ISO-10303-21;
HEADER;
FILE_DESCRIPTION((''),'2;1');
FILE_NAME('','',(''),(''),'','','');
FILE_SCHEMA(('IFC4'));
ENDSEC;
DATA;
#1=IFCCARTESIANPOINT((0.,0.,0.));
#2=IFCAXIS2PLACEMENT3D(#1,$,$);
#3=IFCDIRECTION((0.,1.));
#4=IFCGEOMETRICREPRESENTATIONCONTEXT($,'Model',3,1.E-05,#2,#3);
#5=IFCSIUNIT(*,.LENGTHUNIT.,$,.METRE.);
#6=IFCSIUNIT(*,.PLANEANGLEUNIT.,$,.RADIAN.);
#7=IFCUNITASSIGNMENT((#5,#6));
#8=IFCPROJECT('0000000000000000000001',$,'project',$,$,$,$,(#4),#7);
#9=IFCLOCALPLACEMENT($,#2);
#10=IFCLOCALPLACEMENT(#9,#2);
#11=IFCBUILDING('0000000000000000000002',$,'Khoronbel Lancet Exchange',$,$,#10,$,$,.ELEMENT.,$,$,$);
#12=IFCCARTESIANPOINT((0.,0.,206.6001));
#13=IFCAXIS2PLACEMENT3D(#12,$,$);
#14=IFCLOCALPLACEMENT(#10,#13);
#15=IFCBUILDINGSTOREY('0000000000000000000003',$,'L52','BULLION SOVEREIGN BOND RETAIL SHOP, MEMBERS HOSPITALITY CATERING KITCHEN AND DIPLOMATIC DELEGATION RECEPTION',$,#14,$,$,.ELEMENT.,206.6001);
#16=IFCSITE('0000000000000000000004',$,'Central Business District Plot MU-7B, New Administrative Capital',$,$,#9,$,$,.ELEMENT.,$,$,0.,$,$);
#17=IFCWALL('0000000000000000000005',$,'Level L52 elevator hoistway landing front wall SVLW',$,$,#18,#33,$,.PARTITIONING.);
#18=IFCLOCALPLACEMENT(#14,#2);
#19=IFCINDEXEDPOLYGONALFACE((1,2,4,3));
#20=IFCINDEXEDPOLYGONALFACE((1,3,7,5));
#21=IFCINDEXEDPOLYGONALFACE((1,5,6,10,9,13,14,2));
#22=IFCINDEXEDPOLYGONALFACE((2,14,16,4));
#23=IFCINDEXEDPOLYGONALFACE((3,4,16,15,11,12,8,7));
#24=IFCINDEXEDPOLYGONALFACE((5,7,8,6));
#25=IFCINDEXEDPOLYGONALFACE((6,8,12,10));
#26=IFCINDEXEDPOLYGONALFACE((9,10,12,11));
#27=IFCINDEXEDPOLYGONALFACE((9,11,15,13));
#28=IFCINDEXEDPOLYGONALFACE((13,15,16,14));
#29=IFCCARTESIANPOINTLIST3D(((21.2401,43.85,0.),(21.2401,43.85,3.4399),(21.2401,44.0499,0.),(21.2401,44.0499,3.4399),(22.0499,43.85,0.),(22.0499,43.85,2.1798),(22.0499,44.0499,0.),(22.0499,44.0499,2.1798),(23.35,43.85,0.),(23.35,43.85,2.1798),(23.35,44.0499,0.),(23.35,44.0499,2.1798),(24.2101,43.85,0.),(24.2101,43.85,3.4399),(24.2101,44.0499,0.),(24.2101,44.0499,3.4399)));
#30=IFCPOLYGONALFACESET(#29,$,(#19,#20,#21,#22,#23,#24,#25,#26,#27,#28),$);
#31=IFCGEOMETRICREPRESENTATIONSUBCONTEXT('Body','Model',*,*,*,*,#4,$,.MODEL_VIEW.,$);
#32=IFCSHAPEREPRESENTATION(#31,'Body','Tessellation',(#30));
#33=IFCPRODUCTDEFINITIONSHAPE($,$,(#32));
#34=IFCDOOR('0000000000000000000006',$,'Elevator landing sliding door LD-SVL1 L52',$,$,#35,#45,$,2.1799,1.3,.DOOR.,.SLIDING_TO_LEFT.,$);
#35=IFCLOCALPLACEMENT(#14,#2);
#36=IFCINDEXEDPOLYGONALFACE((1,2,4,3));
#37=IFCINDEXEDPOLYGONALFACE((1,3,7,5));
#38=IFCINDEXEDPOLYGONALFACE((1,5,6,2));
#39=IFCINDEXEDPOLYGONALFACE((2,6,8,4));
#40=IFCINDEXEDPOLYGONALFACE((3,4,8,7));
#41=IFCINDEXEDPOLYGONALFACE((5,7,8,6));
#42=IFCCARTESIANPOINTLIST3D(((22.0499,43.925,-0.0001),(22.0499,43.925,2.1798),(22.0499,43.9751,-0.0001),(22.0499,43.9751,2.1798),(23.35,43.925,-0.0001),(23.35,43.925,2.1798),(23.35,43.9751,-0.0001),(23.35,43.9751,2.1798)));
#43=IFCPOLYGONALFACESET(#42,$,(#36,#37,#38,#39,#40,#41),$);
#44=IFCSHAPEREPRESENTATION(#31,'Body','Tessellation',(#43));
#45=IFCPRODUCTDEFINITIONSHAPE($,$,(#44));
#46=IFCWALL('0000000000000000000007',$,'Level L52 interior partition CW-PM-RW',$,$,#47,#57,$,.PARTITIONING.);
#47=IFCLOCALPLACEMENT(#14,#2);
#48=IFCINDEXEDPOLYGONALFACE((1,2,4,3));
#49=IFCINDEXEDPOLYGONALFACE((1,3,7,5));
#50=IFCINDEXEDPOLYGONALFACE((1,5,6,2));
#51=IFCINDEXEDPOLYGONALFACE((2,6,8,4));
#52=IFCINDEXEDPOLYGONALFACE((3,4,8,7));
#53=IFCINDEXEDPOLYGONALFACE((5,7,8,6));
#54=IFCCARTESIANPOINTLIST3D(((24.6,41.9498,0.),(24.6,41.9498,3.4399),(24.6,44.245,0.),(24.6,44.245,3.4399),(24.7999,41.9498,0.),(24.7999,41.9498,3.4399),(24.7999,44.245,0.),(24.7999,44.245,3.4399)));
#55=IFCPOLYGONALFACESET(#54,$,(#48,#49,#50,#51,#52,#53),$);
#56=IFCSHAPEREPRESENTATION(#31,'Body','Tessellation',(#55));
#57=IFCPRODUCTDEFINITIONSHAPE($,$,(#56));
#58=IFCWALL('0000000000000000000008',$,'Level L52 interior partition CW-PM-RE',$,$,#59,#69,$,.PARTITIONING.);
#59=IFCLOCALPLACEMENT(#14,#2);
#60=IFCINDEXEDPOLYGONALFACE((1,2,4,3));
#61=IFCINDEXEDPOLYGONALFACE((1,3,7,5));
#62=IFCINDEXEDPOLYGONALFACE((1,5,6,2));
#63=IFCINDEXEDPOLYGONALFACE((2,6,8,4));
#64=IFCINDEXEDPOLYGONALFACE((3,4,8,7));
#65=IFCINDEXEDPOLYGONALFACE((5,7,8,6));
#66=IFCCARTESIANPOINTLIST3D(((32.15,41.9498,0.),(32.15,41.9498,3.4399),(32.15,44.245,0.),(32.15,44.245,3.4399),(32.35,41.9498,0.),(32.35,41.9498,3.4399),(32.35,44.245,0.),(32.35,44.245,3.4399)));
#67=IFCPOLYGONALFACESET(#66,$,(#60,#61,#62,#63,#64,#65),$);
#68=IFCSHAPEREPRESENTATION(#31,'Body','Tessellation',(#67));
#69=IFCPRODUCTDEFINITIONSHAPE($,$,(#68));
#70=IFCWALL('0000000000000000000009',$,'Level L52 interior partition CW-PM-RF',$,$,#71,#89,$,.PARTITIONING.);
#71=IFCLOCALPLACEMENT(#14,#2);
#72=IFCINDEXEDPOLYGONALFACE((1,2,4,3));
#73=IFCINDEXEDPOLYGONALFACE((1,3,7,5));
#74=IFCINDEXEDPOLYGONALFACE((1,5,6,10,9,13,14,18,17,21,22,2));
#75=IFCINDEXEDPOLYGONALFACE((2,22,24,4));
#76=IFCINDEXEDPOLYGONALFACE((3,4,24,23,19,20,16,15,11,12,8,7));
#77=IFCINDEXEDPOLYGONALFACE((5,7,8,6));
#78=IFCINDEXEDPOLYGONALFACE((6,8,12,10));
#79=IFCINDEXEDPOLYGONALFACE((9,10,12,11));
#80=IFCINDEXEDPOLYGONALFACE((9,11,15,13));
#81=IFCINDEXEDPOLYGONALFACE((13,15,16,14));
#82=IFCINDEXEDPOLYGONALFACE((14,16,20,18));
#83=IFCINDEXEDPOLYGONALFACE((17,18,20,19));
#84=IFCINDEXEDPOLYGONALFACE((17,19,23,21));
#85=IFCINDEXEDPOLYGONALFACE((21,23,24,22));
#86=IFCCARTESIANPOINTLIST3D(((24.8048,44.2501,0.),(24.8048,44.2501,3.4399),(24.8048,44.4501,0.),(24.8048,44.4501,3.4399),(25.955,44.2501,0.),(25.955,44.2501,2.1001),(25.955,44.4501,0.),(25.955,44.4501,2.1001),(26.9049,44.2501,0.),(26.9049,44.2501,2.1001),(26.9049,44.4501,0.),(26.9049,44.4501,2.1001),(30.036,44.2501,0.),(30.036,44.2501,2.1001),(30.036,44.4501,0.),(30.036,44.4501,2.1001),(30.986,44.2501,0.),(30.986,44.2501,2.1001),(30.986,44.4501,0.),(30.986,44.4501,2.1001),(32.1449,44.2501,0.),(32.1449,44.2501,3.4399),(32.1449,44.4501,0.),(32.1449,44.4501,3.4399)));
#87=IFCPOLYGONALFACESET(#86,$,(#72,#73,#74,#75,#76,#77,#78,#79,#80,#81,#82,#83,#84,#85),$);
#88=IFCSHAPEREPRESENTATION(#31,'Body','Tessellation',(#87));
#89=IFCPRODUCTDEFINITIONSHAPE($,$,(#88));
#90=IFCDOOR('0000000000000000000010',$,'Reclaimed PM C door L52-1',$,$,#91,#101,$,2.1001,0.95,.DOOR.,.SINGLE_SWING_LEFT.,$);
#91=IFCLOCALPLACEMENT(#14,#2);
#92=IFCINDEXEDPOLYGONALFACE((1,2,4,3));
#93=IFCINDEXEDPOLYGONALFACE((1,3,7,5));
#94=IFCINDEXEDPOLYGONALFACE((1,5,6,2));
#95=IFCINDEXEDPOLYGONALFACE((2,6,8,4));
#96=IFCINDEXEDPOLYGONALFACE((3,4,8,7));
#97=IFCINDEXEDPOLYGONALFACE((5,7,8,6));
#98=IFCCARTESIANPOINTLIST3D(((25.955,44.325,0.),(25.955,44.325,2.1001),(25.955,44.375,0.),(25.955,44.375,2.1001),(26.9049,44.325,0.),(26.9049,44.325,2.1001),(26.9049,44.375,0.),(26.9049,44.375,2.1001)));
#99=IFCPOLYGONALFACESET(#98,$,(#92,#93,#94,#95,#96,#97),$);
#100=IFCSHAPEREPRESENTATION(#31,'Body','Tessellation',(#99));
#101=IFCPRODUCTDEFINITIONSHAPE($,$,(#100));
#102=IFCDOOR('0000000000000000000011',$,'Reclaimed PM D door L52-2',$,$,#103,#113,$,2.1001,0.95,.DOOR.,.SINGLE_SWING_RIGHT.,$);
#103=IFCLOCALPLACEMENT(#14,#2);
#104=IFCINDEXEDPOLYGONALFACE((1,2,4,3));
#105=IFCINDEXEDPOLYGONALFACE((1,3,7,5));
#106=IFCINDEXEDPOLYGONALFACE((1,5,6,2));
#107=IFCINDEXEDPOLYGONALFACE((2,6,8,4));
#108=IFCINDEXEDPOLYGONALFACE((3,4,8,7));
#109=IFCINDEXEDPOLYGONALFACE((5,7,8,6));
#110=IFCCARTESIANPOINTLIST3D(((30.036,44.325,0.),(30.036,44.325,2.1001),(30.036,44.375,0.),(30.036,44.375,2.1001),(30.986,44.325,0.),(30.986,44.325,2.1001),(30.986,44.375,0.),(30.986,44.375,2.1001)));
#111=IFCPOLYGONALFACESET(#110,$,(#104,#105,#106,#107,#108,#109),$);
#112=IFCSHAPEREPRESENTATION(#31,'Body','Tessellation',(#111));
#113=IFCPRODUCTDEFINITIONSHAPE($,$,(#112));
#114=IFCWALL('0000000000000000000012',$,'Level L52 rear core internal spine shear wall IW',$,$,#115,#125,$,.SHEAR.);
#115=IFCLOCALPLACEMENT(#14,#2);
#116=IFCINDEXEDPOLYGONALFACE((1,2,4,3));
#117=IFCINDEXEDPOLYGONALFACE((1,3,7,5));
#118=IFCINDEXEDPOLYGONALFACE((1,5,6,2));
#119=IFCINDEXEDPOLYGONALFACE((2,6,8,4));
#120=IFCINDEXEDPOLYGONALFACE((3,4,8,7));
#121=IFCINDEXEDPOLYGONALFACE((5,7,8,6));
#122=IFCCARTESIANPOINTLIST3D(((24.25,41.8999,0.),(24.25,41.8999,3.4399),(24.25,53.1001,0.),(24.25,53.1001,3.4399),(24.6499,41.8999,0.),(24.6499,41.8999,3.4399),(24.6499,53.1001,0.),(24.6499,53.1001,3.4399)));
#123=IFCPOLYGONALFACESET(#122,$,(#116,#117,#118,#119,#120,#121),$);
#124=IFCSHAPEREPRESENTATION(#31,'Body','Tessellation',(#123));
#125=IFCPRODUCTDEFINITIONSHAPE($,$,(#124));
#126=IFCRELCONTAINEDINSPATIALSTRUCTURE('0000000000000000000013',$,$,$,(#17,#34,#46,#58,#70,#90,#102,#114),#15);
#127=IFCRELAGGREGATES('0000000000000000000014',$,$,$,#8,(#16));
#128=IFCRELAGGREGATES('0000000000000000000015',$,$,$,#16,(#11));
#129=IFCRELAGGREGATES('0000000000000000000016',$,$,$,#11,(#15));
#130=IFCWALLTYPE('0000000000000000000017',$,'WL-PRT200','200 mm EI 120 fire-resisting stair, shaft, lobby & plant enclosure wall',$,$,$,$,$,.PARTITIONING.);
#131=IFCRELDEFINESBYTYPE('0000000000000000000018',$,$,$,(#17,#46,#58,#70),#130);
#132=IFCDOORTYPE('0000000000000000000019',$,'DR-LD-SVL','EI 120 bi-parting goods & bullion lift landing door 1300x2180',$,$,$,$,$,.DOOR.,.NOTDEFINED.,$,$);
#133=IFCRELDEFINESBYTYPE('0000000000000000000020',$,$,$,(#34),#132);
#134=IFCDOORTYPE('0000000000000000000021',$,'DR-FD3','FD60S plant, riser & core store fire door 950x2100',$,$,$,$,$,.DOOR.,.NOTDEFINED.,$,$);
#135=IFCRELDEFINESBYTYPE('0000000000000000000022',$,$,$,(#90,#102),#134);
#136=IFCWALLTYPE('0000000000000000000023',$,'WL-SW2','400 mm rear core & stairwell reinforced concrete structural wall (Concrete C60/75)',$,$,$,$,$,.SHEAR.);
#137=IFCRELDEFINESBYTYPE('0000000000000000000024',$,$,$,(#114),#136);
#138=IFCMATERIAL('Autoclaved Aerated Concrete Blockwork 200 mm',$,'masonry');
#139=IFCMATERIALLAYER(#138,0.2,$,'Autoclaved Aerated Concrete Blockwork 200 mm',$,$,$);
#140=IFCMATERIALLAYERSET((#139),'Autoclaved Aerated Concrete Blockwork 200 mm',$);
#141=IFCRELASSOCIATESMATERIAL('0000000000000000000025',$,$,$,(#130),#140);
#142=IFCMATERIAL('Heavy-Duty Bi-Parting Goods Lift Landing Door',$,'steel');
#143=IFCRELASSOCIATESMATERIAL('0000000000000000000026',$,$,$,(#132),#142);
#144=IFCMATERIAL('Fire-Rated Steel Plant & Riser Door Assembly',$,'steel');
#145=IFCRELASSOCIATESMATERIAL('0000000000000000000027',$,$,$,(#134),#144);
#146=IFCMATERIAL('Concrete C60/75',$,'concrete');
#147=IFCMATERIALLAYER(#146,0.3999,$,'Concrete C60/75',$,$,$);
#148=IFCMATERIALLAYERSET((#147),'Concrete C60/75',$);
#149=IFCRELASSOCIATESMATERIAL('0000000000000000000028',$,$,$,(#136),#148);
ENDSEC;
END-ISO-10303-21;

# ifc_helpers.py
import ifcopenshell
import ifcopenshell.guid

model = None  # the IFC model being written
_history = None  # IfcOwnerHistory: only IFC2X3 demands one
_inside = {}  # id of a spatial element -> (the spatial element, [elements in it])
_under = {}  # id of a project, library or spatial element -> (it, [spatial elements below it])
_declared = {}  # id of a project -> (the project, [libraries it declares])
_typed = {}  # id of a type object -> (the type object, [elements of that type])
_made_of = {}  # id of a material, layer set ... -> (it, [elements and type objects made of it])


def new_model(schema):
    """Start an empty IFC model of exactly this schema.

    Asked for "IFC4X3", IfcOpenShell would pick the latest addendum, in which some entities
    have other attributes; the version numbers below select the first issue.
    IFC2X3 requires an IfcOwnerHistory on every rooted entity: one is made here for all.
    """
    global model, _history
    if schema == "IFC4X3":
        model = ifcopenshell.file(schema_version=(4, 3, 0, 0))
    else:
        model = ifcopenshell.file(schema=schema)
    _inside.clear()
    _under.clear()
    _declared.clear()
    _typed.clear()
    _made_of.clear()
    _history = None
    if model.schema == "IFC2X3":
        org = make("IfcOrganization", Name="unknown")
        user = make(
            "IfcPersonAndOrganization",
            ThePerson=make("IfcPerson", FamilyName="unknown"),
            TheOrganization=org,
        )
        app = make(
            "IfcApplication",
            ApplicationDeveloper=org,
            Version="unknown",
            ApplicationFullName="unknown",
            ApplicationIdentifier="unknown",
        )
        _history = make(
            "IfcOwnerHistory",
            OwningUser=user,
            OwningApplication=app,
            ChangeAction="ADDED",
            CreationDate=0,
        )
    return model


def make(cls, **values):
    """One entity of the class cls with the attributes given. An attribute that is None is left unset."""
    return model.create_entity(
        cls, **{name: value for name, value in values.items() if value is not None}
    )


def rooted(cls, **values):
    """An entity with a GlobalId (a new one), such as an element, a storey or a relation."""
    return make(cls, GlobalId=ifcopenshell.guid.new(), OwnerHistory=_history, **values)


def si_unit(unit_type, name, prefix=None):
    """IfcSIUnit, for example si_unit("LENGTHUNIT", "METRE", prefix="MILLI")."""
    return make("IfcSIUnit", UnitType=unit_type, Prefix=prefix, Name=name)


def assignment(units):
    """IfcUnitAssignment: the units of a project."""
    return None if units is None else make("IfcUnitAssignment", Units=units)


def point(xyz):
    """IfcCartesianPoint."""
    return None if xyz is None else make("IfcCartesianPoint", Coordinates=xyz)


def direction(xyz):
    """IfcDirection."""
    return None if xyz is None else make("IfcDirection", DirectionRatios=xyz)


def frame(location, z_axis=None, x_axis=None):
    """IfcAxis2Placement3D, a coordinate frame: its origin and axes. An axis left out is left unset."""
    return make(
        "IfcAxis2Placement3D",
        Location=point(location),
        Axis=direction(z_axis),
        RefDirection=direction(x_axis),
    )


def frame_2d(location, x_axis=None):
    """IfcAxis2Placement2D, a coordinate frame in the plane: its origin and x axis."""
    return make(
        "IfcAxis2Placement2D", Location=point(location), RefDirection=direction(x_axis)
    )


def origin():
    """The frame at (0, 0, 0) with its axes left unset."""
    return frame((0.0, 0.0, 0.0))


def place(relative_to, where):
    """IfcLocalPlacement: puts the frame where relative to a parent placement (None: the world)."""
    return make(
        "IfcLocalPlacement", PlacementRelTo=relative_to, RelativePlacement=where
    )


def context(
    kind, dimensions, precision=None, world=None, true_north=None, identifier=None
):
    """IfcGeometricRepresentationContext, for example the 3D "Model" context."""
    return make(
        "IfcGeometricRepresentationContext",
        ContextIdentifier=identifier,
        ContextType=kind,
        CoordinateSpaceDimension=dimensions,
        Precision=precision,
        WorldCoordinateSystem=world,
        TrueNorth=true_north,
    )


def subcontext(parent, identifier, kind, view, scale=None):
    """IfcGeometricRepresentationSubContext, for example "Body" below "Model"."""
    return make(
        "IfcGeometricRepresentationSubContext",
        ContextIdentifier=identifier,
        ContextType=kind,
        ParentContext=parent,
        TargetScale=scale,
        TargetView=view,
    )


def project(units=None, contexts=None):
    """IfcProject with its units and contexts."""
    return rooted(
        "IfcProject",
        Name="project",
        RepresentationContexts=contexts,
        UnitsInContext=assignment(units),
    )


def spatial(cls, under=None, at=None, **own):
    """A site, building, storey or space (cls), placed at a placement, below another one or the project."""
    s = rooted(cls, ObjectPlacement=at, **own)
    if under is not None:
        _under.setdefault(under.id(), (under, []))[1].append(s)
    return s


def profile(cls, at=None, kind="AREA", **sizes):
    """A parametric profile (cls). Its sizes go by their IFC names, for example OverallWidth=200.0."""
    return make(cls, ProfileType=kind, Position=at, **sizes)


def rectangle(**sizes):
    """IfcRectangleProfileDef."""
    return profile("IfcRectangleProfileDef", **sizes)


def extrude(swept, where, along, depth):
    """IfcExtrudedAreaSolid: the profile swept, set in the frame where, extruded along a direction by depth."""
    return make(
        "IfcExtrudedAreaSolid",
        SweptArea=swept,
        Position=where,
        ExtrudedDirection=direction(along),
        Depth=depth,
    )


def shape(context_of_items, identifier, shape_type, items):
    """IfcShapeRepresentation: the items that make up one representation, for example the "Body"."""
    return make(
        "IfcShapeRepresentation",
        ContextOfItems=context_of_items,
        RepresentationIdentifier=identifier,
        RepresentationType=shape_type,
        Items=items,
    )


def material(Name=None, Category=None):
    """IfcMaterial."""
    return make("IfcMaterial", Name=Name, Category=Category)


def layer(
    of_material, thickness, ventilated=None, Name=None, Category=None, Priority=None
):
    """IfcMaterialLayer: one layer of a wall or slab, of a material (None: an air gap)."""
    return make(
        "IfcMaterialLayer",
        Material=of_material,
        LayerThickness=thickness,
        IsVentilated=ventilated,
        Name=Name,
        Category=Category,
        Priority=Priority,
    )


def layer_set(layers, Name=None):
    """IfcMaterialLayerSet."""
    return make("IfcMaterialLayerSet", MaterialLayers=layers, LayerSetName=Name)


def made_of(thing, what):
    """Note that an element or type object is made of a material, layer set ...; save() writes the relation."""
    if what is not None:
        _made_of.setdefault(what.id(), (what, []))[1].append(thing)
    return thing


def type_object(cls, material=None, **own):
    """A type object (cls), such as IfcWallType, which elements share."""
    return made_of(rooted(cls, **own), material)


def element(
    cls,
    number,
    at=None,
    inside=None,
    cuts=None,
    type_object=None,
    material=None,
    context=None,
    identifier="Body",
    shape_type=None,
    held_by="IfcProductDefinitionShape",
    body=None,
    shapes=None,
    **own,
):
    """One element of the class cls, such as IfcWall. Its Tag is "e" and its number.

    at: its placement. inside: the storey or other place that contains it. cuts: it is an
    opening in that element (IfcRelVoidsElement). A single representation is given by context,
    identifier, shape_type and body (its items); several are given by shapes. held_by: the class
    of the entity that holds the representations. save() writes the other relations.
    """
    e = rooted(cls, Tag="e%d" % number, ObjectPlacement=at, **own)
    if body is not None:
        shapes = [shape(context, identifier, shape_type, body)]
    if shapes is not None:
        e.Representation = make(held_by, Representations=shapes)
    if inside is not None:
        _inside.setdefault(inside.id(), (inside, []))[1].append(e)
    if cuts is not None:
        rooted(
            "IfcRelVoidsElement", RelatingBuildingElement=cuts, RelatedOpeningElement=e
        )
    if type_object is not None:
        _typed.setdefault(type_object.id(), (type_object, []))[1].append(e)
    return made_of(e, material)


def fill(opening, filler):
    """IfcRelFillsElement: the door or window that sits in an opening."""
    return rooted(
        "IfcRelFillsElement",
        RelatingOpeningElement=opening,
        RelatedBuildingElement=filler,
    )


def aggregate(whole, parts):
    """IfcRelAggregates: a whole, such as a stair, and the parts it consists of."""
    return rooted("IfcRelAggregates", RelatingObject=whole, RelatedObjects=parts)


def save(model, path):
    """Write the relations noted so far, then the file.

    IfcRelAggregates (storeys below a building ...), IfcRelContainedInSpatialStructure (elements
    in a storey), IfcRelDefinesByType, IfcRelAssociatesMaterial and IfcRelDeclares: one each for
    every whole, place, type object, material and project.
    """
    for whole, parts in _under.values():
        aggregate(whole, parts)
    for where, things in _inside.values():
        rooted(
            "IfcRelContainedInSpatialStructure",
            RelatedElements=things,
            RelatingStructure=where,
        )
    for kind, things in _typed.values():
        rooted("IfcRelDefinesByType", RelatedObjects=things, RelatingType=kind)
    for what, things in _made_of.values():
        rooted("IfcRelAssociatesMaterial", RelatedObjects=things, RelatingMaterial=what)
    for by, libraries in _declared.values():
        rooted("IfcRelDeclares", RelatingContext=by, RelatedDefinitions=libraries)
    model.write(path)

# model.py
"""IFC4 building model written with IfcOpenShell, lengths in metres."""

from ifc_helpers import new_model, si_unit, direction, frame, frame_2d, origin, place, context, subcontext, project, spatial, rectangle, extrude, material, layer, layer_set, type_object, element, fill, save


model = new_model("IFC4")

# Units and contexts
model_context = context("Model", 3, precision=1e-05, world=origin(), true_north=direction((0.0, 1.0)))
body_context = subcontext(model_context, "Body", "Model", "MODEL_VIEW")
ifc_project = project(units=[si_unit("LENGTHUNIT", "METRE"), si_unit("PLANEANGLEUNIT", "RADIAN")], contexts=[model_context])

# Site, building, storey
site_placement = place(None, origin())
site = spatial("IfcSite", under=ifc_project, at=site_placement, Name="Central Business District Plot MU-7B, New Administrative Capital", CompositionType="ELEMENT", RefElevation=0.0)
building_placement = place(site_placement, origin())
building = spatial("IfcBuilding", under=site, at=building_placement, Name="Khoronbel Lancet Exchange", CompositionType="ELEMENT")
storey_placement = place(building_placement, frame((0.0, 0.0, 206.6001)))
storey = spatial("IfcBuildingStorey", under=building, at=storey_placement, Name="L52", Description="BULLION SOVEREIGN BOND RETAIL SHOP, MEMBERS HOSPITALITY CATERING KITCHEN AND DIPLOMATIC DELEGATION RECEPTION", CompositionType="ELEMENT", Elevation=206.6001)

# Shared definitions
ifc_material_1 = material(Name="Concrete C60/75", Category="concrete")

# Wall, opening, door
ifc_material_2 = material(Name="Autoclaved Aerated Concrete Blockwork 200 mm", Category="masonry")
ifc_layer_1 = layer(ifc_material_2, 0.2, Name="Autoclaved Aerated Concrete Blockwork 200 mm")
ifc_layer_set_1 = layer_set([ifc_layer_1], Name="Autoclaved Aerated Concrete Blockwork 200 mm")
wall_type_1 = type_object("IfcWallType", Name="WL-PRT200", Description="200 mm EI 120 fire-resisting stair, shaft, lobby & plant enclosure wall", PredefinedType="PARTITIONING", material=ifc_layer_set_1)
wall_1_placement = place(storey_placement, frame((24.21, 43.95, 0.0), z_axis=(0.0, 0.0, 1.0), x_axis=(-1.0, 0.0, 0.0)))
wall_1 = element("IfcWall", 1, at=wall_1_placement, inside=storey, type_object=wall_type_1, Name="Level L52 elevator hoistway landing front wall SVLW", PredefinedType="PARTITIONING", context=body_context, shape_type="SweptSolid", body=[
    extrude(rectangle(XDim=2.97, YDim=0.2, at=frame_2d((1.4849, 0.0))), origin(), (0.0, 0.0, 1.0), 3.4399),
])
opening_1_placement = place(wall_1_placement, frame((0.8601, 0.0, 0.0)))
opening_1 = element("IfcOpeningElement", 2, at=opening_1_placement, cuts=wall_1, PredefinedType="OPENING", context=body_context, shape_type="SweptSolid", body=[
    extrude(rectangle(XDim=1.3, YDim=2.1799, at=frame_2d((0.6499, 1.0898))), frame((0.0, 0.1099, 0.0), z_axis=(0.0, -1.0, 0.0), x_axis=(1.0, 0.0, 0.0)), (0.0, 0.0, 1.0), 0.22),
])
ifc_material_3 = material(Name="Heavy-Duty Bi-Parting Goods Lift Landing Door", Category="steel")
door_type_1 = type_object("IfcDoorType", Name="DR-LD-SVL", Description="EI 120 bi-parting goods & bullion lift landing door 1300x2180", OperationType="NOTDEFINED", PredefinedType="DOOR", material=ifc_material_3)
door_1_placement = place(opening_1_placement, origin())
door_1 = element("IfcDoor", 3, at=door_1_placement, inside=storey, type_object=door_type_1, Name="Elevator landing sliding door LD-SVL1 L52", OperationType="SLIDING_TO_LEFT", OverallHeight=2.1799, OverallWidth=1.3, PredefinedType="DOOR", context=body_context, shape_type="SweptSolid", body=[
    extrude(rectangle(XDim=1.3, YDim=2.1799, at=frame_2d((0.6499, 1.0898))), frame((0.0, 0.0249, 0.0), z_axis=(0.0, -1.0, 0.0), x_axis=(1.0, 0.0, 0.0)), (0.0, 0.0, 1.0), 0.05),
])
fill(opening_1, door_1)

# Walls
for number, where, z_axis, x_axis, name in (
    (4, (24.7, 41.95, 0.0), (0.0, 0.0, 1.0), (0.0, 1.0, 0.0), "Level L52 interior partition CW-PM-RW"),
    (5, (32.25, 41.95, 0.0), (0.0, 0.0, 1.0), (0.0, 1.0, 0.0), "Level L52 interior partition CW-PM-RE"),
):
    element("IfcWall", number, at=place(storey_placement, frame(where, z_axis=z_axis, x_axis=x_axis)), inside=storey, type_object=wall_type_1, Name=name, PredefinedType="PARTITIONING", context=body_context, shape_type="SweptSolid", body=[
        extrude(rectangle(XDim=2.2952, YDim=0.2, at=frame_2d((1.1475, 0.0))), origin(), (0.0, 0.0, 1.0), 3.4399),
    ])

# Wall, openings, doors
wall_2_placement = place(storey_placement, frame((24.8049, 44.3501, 0.0), z_axis=(0.0, 0.0, 1.0), x_axis=(1.0, 0.0, 0.0)))
wall_2 = element("IfcWall", 6, at=wall_2_placement, inside=storey, type_object=wall_type_1, Name="Level L52 interior partition CW-PM-RF", PredefinedType="PARTITIONING", context=body_context, shape_type="SweptSolid", body=[
    extrude(rectangle(XDim=7.3401, YDim=0.2, at=frame_2d((3.6699, 0.0))), origin(), (0.0, 0.0, 1.0), 3.4399),
])
opening_2_placement = place(wall_2_placement, frame((1.1499, 0.0, 0.0)))
opening_2 = element("IfcOpeningElement", 7, at=opening_2_placement, cuts=wall_2, PredefinedType="OPENING", context=body_context, shape_type="SweptSolid", body=[
    extrude(rectangle(XDim=0.95, YDim=2.1001, at=frame_2d((0.4751, 1.05))), frame((0.0, 0.1099, 0.0), z_axis=(0.0, -1.0, 0.0), x_axis=(1.0, 0.0, 0.0)), (0.0, 0.0, 1.0), 0.22),
])
opening_3_placement = place(wall_2_placement, frame((5.231, 0.0, 0.0)))
opening_3 = element("IfcOpeningElement", 8, at=opening_3_placement, cuts=wall_2, PredefinedType="OPENING", context=body_context, shape_type="SweptSolid", body=[
    extrude(rectangle(XDim=0.95, YDim=2.1001, at=frame_2d((0.4751, 1.05))), frame((0.0, 0.1099, 0.0), z_axis=(0.0, -1.0, 0.0), x_axis=(1.0, 0.0, 0.0)), (0.0, 0.0, 1.0), 0.22),
])
ifc_material_4 = material(Name="Fire-Rated Steel Plant & Riser Door Assembly", Category="steel")
door_type_2 = type_object("IfcDoorType", Name="DR-FD3", Description="FD60S plant, riser & core store fire door 950x2100", OperationType="NOTDEFINED", PredefinedType="DOOR", material=ifc_material_4)
door_2_placement = place(opening_2_placement, origin())
door_2 = element("IfcDoor", 9, at=door_2_placement, inside=storey, type_object=door_type_2, Name="Reclaimed PM C door L52-1", OperationType="SINGLE_SWING_LEFT", OverallHeight=2.1001, OverallWidth=0.95, PredefinedType="DOOR", context=body_context, shape_type="SweptSolid", body=[
    extrude(rectangle(XDim=0.95, YDim=2.1001, at=frame_2d((0.4751, 1.05))), frame((0.0, 0.0249, 0.0), z_axis=(0.0, -1.0, 0.0), x_axis=(1.0, 0.0, 0.0)), (0.0, 0.0, 1.0), 0.05),
])
fill(opening_2, door_2)
door_3_placement = place(opening_3_placement, origin())
door_3 = element("IfcDoor", 10, at=door_3_placement, inside=storey, type_object=door_type_2, Name="Reclaimed PM D door L52-2", OperationType="SINGLE_SWING_RIGHT", OverallHeight=2.1001, OverallWidth=0.95, PredefinedType="DOOR", context=body_context, shape_type="SweptSolid", body=[
    extrude(rectangle(XDim=0.95, YDim=2.1001, at=frame_2d((0.4751, 1.05))), frame((0.0, 0.0249, 0.0), z_axis=(0.0, -1.0, 0.0), x_axis=(1.0, 0.0, 0.0)), (0.0, 0.0, 1.0), 0.05),
])
fill(opening_3, door_3)

# Wall
ifc_layer_2 = layer(ifc_material_1, 0.3999, Name="Concrete C60/75")
ifc_layer_set_2 = layer_set([ifc_layer_2], Name="Concrete C60/75")
wall_type_2 = type_object("IfcWallType", Name="WL-SW2", Description="400 mm rear core & stairwell reinforced concrete structural wall (Concrete C60/75)", PredefinedType="SHEAR", material=ifc_layer_set_2)
wall_3_placement = place(storey_placement, frame((24.45, 41.8999, 0.0), z_axis=(0.0, 0.0, 1.0), x_axis=(0.0, 1.0, 0.0)))
element("IfcWall", 11, at=wall_3_placement, inside=storey, type_object=wall_type_2, Name="Level L52 rear core internal spine shear wall IW", PredefinedType="SHEAR", context=body_context, shape_type="SweptSolid", body=[
    extrude(rectangle(XDim=11.2002, YDim=0.3999, at=frame_2d((5.6001, 0.0))), origin(), (0.0, 0.0, 1.0), 3.4399),
])

save(model, "model.ifc")
